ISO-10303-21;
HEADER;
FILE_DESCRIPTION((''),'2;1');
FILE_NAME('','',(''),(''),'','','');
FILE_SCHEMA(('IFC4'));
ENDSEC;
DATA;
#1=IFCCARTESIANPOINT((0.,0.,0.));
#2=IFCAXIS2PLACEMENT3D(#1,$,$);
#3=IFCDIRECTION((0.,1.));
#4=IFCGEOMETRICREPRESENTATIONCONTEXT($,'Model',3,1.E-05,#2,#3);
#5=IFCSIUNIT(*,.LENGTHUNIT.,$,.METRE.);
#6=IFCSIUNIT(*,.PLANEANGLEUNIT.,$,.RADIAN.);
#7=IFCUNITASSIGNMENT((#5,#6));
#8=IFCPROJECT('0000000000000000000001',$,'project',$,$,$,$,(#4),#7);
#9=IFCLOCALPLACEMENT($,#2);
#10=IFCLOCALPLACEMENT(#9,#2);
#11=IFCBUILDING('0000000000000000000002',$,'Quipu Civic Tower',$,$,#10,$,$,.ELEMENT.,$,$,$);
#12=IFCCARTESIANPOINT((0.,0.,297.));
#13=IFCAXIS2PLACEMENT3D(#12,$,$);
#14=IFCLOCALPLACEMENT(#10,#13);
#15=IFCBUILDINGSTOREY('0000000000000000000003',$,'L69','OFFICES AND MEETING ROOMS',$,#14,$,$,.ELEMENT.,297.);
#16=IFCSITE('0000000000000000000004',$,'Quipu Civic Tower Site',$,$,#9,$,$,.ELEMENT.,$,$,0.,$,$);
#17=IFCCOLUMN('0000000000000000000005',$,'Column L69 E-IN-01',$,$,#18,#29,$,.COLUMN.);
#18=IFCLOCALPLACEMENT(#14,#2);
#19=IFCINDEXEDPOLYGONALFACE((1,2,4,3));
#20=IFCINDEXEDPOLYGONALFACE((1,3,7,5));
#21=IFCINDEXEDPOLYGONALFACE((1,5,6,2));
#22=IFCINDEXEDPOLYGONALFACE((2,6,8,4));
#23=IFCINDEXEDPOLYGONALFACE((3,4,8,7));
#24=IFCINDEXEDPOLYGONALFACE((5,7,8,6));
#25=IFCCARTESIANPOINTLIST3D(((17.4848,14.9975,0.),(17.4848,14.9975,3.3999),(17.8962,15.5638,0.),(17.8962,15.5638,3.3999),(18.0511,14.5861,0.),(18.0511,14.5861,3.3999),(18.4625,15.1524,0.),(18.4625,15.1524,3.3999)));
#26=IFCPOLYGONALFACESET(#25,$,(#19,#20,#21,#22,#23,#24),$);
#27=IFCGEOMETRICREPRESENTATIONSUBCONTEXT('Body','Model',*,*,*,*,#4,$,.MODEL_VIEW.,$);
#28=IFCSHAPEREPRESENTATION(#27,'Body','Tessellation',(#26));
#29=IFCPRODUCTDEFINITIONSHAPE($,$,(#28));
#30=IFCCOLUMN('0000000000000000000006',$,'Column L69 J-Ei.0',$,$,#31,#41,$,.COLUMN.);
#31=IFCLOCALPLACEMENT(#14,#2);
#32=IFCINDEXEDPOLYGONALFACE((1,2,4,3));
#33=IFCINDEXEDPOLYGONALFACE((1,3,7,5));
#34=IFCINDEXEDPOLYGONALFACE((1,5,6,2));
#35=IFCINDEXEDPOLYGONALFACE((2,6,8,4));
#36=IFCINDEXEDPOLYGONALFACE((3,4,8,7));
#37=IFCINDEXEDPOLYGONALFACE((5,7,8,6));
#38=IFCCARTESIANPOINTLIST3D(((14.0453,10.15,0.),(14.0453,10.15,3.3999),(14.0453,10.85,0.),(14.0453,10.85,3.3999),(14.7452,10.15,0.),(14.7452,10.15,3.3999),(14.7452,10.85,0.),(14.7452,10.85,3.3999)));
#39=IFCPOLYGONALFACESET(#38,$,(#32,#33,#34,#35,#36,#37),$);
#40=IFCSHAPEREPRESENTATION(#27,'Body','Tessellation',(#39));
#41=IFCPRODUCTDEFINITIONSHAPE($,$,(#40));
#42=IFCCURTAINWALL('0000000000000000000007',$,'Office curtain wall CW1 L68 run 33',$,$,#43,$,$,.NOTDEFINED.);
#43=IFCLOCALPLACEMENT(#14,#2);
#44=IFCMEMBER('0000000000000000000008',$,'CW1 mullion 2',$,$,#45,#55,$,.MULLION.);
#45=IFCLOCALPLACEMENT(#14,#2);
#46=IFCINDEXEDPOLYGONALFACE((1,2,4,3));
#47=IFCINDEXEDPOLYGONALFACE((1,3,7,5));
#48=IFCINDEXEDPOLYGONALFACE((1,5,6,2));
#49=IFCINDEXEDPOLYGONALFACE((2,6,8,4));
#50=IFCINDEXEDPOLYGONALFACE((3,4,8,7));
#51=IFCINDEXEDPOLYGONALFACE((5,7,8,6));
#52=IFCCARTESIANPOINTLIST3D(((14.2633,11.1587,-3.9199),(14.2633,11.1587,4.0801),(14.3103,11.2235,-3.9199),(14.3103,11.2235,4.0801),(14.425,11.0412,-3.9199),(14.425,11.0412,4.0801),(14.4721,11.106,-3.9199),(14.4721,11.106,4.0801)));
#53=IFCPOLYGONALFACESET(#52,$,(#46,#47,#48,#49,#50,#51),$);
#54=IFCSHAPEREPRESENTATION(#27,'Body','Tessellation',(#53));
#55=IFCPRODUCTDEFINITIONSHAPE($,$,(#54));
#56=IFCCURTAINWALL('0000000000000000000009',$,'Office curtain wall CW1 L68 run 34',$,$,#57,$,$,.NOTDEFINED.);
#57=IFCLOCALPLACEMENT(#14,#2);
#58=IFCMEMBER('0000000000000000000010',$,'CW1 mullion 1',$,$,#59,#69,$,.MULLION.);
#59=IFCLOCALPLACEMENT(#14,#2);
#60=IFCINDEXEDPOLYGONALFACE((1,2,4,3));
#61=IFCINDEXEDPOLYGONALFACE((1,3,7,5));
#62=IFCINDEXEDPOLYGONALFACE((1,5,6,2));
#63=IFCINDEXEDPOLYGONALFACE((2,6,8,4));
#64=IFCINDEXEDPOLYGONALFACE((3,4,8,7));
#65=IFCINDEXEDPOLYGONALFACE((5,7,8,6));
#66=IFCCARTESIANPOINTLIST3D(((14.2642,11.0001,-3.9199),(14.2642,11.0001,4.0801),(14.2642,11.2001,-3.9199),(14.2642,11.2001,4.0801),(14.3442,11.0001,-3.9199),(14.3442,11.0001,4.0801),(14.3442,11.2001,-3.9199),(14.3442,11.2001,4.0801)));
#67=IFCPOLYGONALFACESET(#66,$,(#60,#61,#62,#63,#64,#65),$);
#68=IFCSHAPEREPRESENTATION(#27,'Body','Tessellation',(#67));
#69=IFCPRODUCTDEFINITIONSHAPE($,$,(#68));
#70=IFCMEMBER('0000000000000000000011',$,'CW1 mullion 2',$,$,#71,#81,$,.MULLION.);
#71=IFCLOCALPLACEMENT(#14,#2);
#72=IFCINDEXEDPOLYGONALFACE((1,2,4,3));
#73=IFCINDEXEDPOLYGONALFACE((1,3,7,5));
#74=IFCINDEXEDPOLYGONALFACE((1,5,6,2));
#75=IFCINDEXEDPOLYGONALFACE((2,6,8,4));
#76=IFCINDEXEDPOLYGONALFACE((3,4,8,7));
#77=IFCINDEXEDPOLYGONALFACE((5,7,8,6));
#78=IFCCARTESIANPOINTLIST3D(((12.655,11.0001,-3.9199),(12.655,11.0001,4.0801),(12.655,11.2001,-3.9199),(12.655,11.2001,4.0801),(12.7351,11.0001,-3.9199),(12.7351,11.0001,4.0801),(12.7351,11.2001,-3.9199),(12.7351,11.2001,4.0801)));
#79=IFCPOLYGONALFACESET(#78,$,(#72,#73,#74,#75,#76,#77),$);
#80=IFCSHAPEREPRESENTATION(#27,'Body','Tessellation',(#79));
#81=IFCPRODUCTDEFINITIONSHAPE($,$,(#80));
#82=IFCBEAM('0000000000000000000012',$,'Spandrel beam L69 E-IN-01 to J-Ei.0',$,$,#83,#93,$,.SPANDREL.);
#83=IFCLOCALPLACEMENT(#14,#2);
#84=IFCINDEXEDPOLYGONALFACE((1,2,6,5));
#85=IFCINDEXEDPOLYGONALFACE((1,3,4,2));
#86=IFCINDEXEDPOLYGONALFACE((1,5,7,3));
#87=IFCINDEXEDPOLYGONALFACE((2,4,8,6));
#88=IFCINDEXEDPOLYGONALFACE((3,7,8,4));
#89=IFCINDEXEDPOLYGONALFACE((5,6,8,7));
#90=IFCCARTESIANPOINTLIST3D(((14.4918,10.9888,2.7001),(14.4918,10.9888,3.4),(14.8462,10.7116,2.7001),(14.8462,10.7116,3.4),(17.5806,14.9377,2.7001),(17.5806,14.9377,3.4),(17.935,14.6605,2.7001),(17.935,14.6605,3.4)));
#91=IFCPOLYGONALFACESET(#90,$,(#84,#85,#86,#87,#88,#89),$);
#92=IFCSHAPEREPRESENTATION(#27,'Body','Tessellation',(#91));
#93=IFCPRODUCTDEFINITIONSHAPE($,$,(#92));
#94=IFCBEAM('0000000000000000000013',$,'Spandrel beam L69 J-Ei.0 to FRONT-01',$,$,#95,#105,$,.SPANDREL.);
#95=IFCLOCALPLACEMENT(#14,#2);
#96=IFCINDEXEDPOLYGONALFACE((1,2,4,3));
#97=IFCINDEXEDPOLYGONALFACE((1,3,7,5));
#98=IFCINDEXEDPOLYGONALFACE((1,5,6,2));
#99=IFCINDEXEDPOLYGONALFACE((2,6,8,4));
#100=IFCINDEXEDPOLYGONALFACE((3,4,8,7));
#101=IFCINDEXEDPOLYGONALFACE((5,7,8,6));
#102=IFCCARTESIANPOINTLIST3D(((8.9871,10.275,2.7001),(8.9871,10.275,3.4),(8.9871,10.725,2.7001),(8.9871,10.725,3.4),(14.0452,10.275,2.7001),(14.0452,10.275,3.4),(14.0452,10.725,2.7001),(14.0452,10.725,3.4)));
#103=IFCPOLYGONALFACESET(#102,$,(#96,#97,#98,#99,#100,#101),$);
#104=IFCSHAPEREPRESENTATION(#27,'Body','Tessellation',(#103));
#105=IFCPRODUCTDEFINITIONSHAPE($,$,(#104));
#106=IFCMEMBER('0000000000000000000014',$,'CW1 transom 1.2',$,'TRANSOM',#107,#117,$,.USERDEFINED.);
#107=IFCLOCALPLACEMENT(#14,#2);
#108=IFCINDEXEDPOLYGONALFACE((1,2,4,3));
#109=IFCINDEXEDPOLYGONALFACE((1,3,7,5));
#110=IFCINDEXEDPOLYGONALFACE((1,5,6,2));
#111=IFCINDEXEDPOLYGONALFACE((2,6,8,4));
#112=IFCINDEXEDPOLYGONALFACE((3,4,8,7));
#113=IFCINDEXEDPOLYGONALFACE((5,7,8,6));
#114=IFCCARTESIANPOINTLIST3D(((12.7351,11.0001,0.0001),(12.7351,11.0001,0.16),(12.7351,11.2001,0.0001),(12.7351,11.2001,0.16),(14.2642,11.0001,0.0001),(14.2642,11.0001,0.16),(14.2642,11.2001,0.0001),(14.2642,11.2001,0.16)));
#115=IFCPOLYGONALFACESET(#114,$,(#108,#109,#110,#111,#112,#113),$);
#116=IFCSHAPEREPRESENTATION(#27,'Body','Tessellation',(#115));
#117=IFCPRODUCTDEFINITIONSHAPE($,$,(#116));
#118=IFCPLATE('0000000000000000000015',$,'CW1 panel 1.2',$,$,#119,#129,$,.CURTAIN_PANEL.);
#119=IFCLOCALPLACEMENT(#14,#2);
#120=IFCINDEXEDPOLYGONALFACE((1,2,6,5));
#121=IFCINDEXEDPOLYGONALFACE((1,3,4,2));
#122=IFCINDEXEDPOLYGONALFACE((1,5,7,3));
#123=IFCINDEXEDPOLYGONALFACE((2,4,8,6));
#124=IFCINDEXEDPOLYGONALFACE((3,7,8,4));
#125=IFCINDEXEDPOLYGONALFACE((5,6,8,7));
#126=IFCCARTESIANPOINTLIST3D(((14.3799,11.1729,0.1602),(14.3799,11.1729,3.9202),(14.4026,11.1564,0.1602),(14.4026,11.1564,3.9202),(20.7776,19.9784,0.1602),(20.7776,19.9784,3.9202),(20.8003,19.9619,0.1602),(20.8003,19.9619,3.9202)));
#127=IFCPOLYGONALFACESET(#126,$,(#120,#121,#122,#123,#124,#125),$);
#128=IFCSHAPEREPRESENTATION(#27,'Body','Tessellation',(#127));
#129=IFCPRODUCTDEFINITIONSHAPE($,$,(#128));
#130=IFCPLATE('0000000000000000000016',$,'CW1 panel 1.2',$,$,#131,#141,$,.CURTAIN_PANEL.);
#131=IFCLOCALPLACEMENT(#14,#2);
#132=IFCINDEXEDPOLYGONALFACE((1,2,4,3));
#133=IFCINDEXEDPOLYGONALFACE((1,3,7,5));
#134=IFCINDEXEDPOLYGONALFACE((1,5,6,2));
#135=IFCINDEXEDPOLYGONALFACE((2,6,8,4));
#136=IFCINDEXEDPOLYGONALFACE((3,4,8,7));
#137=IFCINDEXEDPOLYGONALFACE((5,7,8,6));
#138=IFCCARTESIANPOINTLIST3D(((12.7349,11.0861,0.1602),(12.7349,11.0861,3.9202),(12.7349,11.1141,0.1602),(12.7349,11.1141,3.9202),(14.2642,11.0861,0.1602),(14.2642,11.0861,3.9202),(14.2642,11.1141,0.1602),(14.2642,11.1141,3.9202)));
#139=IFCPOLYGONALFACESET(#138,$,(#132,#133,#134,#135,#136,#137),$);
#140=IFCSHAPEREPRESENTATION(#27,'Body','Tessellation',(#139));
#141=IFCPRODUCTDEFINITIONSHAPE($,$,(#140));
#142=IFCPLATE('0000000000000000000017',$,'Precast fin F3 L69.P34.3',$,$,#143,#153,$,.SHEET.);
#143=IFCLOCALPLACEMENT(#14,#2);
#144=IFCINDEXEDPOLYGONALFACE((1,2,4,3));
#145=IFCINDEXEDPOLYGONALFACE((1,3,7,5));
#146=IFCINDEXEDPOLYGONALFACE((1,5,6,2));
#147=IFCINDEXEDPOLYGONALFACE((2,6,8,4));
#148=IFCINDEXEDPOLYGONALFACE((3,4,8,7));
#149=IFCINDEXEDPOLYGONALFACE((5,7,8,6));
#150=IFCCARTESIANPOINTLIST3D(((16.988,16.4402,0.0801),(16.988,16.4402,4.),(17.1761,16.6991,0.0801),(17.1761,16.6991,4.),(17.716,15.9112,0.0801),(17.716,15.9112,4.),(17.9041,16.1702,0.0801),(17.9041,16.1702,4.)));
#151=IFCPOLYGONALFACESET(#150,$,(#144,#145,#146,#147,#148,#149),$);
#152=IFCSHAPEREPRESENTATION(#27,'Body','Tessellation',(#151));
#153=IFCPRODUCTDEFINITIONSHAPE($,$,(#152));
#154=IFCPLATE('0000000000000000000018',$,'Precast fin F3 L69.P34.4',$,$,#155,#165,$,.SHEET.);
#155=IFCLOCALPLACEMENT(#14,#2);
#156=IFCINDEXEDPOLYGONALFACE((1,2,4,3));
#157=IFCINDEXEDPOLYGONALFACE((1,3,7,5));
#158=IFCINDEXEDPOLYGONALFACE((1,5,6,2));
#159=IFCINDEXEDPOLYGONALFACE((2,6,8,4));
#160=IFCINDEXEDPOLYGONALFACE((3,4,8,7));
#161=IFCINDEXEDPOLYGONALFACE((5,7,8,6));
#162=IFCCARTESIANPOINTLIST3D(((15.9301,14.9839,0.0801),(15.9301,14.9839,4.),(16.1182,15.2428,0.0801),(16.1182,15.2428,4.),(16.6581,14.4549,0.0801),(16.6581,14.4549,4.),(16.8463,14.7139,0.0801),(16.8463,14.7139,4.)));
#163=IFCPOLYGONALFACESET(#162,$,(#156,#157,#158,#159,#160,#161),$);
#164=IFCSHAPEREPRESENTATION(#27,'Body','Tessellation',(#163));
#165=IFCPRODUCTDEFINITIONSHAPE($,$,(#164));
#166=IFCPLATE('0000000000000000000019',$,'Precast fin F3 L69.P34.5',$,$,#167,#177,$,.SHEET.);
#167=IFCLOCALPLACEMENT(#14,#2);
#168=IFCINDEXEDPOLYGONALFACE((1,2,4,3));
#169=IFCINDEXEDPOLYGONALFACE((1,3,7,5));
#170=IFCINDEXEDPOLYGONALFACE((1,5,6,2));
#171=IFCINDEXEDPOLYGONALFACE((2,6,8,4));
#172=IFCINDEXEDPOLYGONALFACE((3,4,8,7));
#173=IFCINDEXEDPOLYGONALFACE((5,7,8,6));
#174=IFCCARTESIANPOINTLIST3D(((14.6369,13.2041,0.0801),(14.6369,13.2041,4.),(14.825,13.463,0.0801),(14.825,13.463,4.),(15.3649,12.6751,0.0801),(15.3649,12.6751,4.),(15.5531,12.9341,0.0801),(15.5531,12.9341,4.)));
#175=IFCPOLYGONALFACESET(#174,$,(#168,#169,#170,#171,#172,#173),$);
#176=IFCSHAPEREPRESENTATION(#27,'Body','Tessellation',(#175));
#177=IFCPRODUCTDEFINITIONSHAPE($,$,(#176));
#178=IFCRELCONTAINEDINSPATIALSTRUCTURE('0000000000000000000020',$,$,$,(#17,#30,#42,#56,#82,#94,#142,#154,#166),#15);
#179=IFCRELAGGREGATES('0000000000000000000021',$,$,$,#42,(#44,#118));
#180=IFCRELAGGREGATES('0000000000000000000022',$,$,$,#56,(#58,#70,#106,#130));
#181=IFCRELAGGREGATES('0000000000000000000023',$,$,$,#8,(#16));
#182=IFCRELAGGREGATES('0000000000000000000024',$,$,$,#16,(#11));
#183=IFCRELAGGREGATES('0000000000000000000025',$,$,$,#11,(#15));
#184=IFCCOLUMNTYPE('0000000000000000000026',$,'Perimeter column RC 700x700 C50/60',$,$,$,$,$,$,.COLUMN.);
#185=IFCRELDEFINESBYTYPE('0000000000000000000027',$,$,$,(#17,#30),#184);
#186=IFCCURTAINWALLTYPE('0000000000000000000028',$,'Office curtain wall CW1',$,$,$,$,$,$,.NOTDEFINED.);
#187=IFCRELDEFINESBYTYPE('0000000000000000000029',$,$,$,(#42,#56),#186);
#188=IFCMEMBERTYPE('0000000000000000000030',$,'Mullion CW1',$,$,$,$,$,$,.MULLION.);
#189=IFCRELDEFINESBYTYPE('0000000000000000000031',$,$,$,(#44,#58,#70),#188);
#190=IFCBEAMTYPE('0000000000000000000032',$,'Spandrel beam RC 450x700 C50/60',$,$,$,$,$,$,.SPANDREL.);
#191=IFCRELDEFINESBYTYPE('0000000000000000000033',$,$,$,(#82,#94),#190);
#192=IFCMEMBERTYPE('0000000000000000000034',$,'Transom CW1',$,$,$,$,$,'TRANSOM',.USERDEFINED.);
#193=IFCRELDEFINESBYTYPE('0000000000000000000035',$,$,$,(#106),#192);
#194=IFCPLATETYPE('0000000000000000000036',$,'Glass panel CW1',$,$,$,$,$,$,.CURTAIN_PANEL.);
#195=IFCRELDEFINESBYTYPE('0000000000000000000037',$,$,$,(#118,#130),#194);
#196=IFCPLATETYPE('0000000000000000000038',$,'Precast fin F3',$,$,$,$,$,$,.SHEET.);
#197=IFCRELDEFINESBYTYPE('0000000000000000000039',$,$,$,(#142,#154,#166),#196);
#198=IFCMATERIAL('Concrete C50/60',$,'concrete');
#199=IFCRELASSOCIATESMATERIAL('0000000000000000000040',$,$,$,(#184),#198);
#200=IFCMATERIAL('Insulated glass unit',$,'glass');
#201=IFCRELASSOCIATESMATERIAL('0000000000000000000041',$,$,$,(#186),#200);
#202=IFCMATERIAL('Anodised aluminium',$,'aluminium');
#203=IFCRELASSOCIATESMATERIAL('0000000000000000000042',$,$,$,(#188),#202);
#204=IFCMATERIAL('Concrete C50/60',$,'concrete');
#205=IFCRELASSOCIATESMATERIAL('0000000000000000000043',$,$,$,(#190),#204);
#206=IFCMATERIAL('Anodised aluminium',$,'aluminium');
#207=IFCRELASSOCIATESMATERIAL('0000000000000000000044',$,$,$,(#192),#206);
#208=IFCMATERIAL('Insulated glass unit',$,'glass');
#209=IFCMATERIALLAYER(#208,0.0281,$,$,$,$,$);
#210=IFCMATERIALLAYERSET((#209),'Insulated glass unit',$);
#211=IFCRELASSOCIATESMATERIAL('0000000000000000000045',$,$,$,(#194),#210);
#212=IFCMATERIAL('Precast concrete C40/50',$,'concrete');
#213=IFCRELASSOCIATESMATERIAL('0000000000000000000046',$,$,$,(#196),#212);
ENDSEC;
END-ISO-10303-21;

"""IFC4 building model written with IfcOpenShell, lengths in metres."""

from ifc_helpers import new_model, si_unit, direction, frame, origin, origin_2d, place, context, subcontext, project, spatial, rectangle, extrude, material, layer, layer_set, material_profile, profile_set, type_object, element, aggregate, save


model = new_model("IFC4")

# Units and contexts
model_context = context("Model", 3, precision=1e-05, world=origin(), true_north=direction((0.0, 1.0)))
body_context = subcontext(model_context, "Body", "Model", "MODEL_VIEW")
ifc_project = project(units=[si_unit("LENGTHUNIT", "METRE"), si_unit("PLANEANGLEUNIT", "RADIAN")], contexts=[model_context])

# Site, building, storey
site_placement = place(None, origin())
site = spatial("IfcSite", under=ifc_project, at=site_placement, Name="Quipu Civic Tower Site", CompositionType="ELEMENT", RefElevation=0.0)
building_placement = place(site_placement, origin())
building = spatial("IfcBuilding", under=site, at=building_placement, Name="Quipu Civic Tower", CompositionType="ELEMENT")
storey_placement = place(building_placement, frame((0.0, 0.0, 297.0)))
storey = spatial("IfcBuildingStorey", under=building, at=storey_placement, Name="L69", Description="OFFICES AND MEETING ROOMS", CompositionType="ELEMENT", Elevation=297.0)

# Columns
ifc_material_1 = material(Name="Concrete C50/60", Category="concrete")
ifc_material_profile_1 = material_profile(ifc_material_1, rectangle(XDim=0.7, YDim=0.7, at=origin_2d()), Name="RC700x700")
ifc_profile_set_1 = profile_set([ifc_material_profile_1], Name="Concrete C50/60")
column_type = type_object("IfcColumnType", Name="Perimeter column RC 700x700 C50/60", PredefinedType="COLUMN", material=ifc_profile_set_1)
for number, where, z_axis, x_axis, name in (
    (1, (17.9736, 15.075, 0.0), (0.0, 0.0, 1.0), (-0.587785, -0.809017, 0.0), "Column L69 E-IN-01"),
    (2, (14.3953, 10.5, 0.0), (0.0, 0.0, 1.0), (-1.0, 0.0, 0.0), "Column L69 J-Ei.0"),
):
    element("IfcColumn", number, at=place(storey_placement, frame(where, z_axis=z_axis, x_axis=x_axis)), inside=storey, type_object=column_type, Name=name, PredefinedType="COLUMN", context=body_context, shape_type="SweptSolid", body=[
        extrude(rectangle(XDim=0.7, YDim=0.7, at=origin_2d()), origin(), (0.0, 0.0, 1.0), 3.3999),
    ])

# Curtain wall, member
ifc_material_2 = material(Name="Insulated glass unit", Category="glass")
curtain_wall_type = type_object("IfcCurtainWallType", Name="Office curtain wall CW1", PredefinedType="NOTDEFINED", material=ifc_material_2)
curtain_wall_1_placement = place(storey_placement, origin())
curtain_wall_1 = element("IfcCurtainWall", 3, at=curtain_wall_1_placement, inside=storey, type_object=curtain_wall_type, Name="Office curtain wall CW1 L68 run 33", PredefinedType="NOTDEFINED")
ifc_material_3 = material(Name="Anodised aluminium", Category="aluminium")
ifc_material_profile_2 = material_profile(ifc_material_3, rectangle(XDim=0.2, YDim=0.0801, at=origin_2d()), Name="RECT 200x80")
ifc_profile_set_2 = profile_set([ifc_material_profile_2], Name="Anodised aluminium")
member_type_1 = type_object("IfcMemberType", Name="Mullion CW1", PredefinedType="MULLION", material=ifc_profile_set_2)
member_1_placement = place(storey_placement, frame((14.3677, 11.1323, -3.9199), z_axis=(0.0, 0.0, 1.0), x_axis=(0.809015, -0.587788, 0.0)))
member_1 = element("IfcMember", 4, at=member_1_placement, type_object=member_type_1, Name="CW1 mullion 2", PredefinedType="MULLION", context=body_context, shape_type="SweptSolid", body=[
    extrude(rectangle(XDim=0.2, YDim=0.0801, at=origin_2d()), origin(), (0.0, 0.0, 1.0), 8.0),
])

# Curtain wall, members
curtain_wall_2_placement = place(storey_placement, origin())
curtain_wall_2 = element("IfcCurtainWall", 5, at=curtain_wall_2_placement, inside=storey, type_object=curtain_wall_type, Name="Office curtain wall CW1 L68 run 34", PredefinedType="NOTDEFINED")
member_2_placement = place(storey_placement, frame((14.3042, 11.1001, -3.9199), z_axis=(0.0, 0.0, 1.0), x_axis=(0.0, -1.0, 0.0)))
member_2 = element("IfcMember", 6, at=member_2_placement, type_object=member_type_1, Name="CW1 mullion 1", PredefinedType="MULLION", context=body_context, shape_type="SweptSolid", body=[
    extrude(rectangle(XDim=0.2, YDim=0.0801, at=origin_2d()), origin(), (0.0, 0.0, 1.0), 8.0),
])
member_3_placement = place(storey_placement, frame((12.6951, 11.1001, -3.9199), z_axis=(0.0, 0.0, 1.0), x_axis=(0.0, -1.0, 0.0)))
member_3 = element("IfcMember", 7, at=member_3_placement, type_object=member_type_1, Name="CW1 mullion 2", PredefinedType="MULLION", context=body_context, shape_type="SweptSolid", body=[
    extrude(rectangle(XDim=0.2, YDim=0.0801, at=origin_2d()), origin(), (0.0, 0.0, 1.0), 8.0),
])

# Beams
ifc_material_4 = material(Name="Concrete C50/60", Category="concrete")
ifc_material_profile_3 = material_profile(ifc_material_4, rectangle(XDim=0.45, YDim=0.7, at=origin_2d()), Name="RC450x700")
ifc_profile_set_3 = profile_set([ifc_material_profile_3], Name="Concrete C50/60")
beam_type = type_object("IfcBeamType", Name="Spandrel beam RC 450x700 C50/60", PredefinedType="SPANDREL", material=ifc_profile_set_3)
beam_1_placement = place(storey_placement, frame((17.7578, 14.7991, 3.05), z_axis=(-0.616106, -0.787663, 0.0), x_axis=(0.787663, -0.616106, 0.0)))
element("IfcBeam", 8, at=beam_1_placement, inside=storey, type_object=beam_type, Name="Spandrel beam L69 E-IN-01 to J-Ei.0", PredefinedType="SPANDREL", context=body_context, shape_type="SweptSolid", body=[
    extrude(rectangle(XDim=0.45, YDim=0.7, at=origin_2d()), origin(), (0.0, 0.0, 1.0), 5.0134),
])
beam_2_placement = place(storey_placement, frame((14.0452, 10.5, 3.05), z_axis=(-1.0, 0.0, 0.0), x_axis=(0.0, -1.0, 0.0)))
element("IfcBeam", 9, at=beam_2_placement, inside=storey, type_object=beam_type, Name="Spandrel beam L69 J-Ei.0 to FRONT-01", PredefinedType="SPANDREL", context=body_context, shape_type="SweptSolid", body=[
    extrude(rectangle(XDim=0.45, YDim=0.7, at=origin_2d()), origin(), (0.0, 0.0, 1.0), 5.0581),
])

# Member
ifc_material_5 = material(Name="Anodised aluminium", Category="aluminium")
ifc_material_profile_4 = material_profile(ifc_material_5, rectangle(XDim=0.2, YDim=0.1599, at=origin_2d()), Name="RECT 200x160")
ifc_profile_set_4 = profile_set([ifc_material_profile_4], Name="Anodised aluminium")
member_type_2 = type_object("IfcMemberType", Name="Transom CW1", ElementType="TRANSOM", PredefinedType="USERDEFINED", material=ifc_profile_set_4)
member_4_placement = place(storey_placement, frame((14.2642, 11.1001, 0.0801), z_axis=(-1.0, 0.0, 0.0), x_axis=(0.0, -1.0, 0.0)))
member_4 = element("IfcMember", 10, at=member_4_placement, type_object=member_type_2, Name="CW1 transom 1.2", ObjectType="TRANSOM", PredefinedType="USERDEFINED", context=body_context, shape_type="SweptSolid", body=[
    extrude(rectangle(XDim=0.2, YDim=0.1599, at=origin_2d()), origin(), (0.0, 0.0, 1.0), 1.5291),
])

# Plates
ifc_material_6 = material(Name="Insulated glass unit", Category="glass")
ifc_layer_1 = layer(ifc_material_6, 0.0281)
ifc_layer_set_1 = layer_set([ifc_layer_1], Name="Insulated glass unit")
plate_type_1 = type_object("IfcPlateType", Name="Glass panel CW1", PredefinedType="CURTAIN_PANEL", material=ifc_layer_set_1)
plate_1_placement = place(storey_placement, frame((17.5901, 15.5674, 0.1602), z_axis=(0.0, 0.0, 1.0), x_axis=(-0.587788, -0.809015, 0.0)))
plate_1 = element("IfcPlate", 11, at=plate_1_placement, type_object=plate_type_1, Name="CW1 panel 1.2", PredefinedType="CURTAIN_PANEL", context=body_context, shape_type="SweptSolid", body=[
    extrude(rectangle(XDim=10.8843, YDim=0.0281, at=origin_2d()), origin(), (0.0, 0.0, 1.0), 3.76),
])
aggregate(curtain_wall_1, [member_1, plate_1])
plate_2_placement = place(storey_placement, frame((13.4995, 11.1001, 0.1602), z_axis=(0.0, 0.0, 1.0), x_axis=(-1.0, 0.0, 0.0)))
plate_2 = element("IfcPlate", 12, at=plate_2_placement, type_object=plate_type_1, Name="CW1 panel 1.2", PredefinedType="CURTAIN_PANEL", context=body_context, shape_type="SweptSolid", body=[
    extrude(rectangle(XDim=1.5293, YDim=0.0281, at=origin_2d()), origin(), (0.0, 0.0, 1.0), 3.76),
])
aggregate(curtain_wall_2, [member_2, member_3, member_4, plate_2])

# Plates
ifc_material_7 = material(Name="Precast concrete C40/50", Category="concrete")
plate_type_2 = type_object("IfcPlateType", Name="Precast fin F3", PredefinedType="SHEET", material=ifc_material_7)
for number, where, z_axis, x_axis, name in (
    (13, (17.446, 16.3052, 0.0801), (0.0, 0.0, 1.0), (-0.587784, -0.809018, 0.0), "Precast fin F3 L69.P34.3"),
    (14, (16.3882, 14.8489, 0.0801), (0.0, 0.0, 1.0), (-0.587784, -0.809018, 0.0), "Precast fin F3 L69.P34.4"),
    (15, (15.095, 13.0691, 0.0801), (0.0, 0.0, 1.0), (-0.587784, -0.809018, 0.0), "Precast fin F3 L69.P34.5"),
):
    element("IfcPlate", number, at=place(storey_placement, frame(where, z_axis=z_axis, x_axis=x_axis)), inside=storey, type_object=plate_type_2, Name=name, PredefinedType="SHEET", context=body_context, shape_type="SweptSolid", body=[
        extrude(rectangle(XDim=0.3201, YDim=0.8999, at=origin_2d()), origin(), (0.0, 0.0, 1.0), 3.9199),
    ])

save(model, "model.ifc")
